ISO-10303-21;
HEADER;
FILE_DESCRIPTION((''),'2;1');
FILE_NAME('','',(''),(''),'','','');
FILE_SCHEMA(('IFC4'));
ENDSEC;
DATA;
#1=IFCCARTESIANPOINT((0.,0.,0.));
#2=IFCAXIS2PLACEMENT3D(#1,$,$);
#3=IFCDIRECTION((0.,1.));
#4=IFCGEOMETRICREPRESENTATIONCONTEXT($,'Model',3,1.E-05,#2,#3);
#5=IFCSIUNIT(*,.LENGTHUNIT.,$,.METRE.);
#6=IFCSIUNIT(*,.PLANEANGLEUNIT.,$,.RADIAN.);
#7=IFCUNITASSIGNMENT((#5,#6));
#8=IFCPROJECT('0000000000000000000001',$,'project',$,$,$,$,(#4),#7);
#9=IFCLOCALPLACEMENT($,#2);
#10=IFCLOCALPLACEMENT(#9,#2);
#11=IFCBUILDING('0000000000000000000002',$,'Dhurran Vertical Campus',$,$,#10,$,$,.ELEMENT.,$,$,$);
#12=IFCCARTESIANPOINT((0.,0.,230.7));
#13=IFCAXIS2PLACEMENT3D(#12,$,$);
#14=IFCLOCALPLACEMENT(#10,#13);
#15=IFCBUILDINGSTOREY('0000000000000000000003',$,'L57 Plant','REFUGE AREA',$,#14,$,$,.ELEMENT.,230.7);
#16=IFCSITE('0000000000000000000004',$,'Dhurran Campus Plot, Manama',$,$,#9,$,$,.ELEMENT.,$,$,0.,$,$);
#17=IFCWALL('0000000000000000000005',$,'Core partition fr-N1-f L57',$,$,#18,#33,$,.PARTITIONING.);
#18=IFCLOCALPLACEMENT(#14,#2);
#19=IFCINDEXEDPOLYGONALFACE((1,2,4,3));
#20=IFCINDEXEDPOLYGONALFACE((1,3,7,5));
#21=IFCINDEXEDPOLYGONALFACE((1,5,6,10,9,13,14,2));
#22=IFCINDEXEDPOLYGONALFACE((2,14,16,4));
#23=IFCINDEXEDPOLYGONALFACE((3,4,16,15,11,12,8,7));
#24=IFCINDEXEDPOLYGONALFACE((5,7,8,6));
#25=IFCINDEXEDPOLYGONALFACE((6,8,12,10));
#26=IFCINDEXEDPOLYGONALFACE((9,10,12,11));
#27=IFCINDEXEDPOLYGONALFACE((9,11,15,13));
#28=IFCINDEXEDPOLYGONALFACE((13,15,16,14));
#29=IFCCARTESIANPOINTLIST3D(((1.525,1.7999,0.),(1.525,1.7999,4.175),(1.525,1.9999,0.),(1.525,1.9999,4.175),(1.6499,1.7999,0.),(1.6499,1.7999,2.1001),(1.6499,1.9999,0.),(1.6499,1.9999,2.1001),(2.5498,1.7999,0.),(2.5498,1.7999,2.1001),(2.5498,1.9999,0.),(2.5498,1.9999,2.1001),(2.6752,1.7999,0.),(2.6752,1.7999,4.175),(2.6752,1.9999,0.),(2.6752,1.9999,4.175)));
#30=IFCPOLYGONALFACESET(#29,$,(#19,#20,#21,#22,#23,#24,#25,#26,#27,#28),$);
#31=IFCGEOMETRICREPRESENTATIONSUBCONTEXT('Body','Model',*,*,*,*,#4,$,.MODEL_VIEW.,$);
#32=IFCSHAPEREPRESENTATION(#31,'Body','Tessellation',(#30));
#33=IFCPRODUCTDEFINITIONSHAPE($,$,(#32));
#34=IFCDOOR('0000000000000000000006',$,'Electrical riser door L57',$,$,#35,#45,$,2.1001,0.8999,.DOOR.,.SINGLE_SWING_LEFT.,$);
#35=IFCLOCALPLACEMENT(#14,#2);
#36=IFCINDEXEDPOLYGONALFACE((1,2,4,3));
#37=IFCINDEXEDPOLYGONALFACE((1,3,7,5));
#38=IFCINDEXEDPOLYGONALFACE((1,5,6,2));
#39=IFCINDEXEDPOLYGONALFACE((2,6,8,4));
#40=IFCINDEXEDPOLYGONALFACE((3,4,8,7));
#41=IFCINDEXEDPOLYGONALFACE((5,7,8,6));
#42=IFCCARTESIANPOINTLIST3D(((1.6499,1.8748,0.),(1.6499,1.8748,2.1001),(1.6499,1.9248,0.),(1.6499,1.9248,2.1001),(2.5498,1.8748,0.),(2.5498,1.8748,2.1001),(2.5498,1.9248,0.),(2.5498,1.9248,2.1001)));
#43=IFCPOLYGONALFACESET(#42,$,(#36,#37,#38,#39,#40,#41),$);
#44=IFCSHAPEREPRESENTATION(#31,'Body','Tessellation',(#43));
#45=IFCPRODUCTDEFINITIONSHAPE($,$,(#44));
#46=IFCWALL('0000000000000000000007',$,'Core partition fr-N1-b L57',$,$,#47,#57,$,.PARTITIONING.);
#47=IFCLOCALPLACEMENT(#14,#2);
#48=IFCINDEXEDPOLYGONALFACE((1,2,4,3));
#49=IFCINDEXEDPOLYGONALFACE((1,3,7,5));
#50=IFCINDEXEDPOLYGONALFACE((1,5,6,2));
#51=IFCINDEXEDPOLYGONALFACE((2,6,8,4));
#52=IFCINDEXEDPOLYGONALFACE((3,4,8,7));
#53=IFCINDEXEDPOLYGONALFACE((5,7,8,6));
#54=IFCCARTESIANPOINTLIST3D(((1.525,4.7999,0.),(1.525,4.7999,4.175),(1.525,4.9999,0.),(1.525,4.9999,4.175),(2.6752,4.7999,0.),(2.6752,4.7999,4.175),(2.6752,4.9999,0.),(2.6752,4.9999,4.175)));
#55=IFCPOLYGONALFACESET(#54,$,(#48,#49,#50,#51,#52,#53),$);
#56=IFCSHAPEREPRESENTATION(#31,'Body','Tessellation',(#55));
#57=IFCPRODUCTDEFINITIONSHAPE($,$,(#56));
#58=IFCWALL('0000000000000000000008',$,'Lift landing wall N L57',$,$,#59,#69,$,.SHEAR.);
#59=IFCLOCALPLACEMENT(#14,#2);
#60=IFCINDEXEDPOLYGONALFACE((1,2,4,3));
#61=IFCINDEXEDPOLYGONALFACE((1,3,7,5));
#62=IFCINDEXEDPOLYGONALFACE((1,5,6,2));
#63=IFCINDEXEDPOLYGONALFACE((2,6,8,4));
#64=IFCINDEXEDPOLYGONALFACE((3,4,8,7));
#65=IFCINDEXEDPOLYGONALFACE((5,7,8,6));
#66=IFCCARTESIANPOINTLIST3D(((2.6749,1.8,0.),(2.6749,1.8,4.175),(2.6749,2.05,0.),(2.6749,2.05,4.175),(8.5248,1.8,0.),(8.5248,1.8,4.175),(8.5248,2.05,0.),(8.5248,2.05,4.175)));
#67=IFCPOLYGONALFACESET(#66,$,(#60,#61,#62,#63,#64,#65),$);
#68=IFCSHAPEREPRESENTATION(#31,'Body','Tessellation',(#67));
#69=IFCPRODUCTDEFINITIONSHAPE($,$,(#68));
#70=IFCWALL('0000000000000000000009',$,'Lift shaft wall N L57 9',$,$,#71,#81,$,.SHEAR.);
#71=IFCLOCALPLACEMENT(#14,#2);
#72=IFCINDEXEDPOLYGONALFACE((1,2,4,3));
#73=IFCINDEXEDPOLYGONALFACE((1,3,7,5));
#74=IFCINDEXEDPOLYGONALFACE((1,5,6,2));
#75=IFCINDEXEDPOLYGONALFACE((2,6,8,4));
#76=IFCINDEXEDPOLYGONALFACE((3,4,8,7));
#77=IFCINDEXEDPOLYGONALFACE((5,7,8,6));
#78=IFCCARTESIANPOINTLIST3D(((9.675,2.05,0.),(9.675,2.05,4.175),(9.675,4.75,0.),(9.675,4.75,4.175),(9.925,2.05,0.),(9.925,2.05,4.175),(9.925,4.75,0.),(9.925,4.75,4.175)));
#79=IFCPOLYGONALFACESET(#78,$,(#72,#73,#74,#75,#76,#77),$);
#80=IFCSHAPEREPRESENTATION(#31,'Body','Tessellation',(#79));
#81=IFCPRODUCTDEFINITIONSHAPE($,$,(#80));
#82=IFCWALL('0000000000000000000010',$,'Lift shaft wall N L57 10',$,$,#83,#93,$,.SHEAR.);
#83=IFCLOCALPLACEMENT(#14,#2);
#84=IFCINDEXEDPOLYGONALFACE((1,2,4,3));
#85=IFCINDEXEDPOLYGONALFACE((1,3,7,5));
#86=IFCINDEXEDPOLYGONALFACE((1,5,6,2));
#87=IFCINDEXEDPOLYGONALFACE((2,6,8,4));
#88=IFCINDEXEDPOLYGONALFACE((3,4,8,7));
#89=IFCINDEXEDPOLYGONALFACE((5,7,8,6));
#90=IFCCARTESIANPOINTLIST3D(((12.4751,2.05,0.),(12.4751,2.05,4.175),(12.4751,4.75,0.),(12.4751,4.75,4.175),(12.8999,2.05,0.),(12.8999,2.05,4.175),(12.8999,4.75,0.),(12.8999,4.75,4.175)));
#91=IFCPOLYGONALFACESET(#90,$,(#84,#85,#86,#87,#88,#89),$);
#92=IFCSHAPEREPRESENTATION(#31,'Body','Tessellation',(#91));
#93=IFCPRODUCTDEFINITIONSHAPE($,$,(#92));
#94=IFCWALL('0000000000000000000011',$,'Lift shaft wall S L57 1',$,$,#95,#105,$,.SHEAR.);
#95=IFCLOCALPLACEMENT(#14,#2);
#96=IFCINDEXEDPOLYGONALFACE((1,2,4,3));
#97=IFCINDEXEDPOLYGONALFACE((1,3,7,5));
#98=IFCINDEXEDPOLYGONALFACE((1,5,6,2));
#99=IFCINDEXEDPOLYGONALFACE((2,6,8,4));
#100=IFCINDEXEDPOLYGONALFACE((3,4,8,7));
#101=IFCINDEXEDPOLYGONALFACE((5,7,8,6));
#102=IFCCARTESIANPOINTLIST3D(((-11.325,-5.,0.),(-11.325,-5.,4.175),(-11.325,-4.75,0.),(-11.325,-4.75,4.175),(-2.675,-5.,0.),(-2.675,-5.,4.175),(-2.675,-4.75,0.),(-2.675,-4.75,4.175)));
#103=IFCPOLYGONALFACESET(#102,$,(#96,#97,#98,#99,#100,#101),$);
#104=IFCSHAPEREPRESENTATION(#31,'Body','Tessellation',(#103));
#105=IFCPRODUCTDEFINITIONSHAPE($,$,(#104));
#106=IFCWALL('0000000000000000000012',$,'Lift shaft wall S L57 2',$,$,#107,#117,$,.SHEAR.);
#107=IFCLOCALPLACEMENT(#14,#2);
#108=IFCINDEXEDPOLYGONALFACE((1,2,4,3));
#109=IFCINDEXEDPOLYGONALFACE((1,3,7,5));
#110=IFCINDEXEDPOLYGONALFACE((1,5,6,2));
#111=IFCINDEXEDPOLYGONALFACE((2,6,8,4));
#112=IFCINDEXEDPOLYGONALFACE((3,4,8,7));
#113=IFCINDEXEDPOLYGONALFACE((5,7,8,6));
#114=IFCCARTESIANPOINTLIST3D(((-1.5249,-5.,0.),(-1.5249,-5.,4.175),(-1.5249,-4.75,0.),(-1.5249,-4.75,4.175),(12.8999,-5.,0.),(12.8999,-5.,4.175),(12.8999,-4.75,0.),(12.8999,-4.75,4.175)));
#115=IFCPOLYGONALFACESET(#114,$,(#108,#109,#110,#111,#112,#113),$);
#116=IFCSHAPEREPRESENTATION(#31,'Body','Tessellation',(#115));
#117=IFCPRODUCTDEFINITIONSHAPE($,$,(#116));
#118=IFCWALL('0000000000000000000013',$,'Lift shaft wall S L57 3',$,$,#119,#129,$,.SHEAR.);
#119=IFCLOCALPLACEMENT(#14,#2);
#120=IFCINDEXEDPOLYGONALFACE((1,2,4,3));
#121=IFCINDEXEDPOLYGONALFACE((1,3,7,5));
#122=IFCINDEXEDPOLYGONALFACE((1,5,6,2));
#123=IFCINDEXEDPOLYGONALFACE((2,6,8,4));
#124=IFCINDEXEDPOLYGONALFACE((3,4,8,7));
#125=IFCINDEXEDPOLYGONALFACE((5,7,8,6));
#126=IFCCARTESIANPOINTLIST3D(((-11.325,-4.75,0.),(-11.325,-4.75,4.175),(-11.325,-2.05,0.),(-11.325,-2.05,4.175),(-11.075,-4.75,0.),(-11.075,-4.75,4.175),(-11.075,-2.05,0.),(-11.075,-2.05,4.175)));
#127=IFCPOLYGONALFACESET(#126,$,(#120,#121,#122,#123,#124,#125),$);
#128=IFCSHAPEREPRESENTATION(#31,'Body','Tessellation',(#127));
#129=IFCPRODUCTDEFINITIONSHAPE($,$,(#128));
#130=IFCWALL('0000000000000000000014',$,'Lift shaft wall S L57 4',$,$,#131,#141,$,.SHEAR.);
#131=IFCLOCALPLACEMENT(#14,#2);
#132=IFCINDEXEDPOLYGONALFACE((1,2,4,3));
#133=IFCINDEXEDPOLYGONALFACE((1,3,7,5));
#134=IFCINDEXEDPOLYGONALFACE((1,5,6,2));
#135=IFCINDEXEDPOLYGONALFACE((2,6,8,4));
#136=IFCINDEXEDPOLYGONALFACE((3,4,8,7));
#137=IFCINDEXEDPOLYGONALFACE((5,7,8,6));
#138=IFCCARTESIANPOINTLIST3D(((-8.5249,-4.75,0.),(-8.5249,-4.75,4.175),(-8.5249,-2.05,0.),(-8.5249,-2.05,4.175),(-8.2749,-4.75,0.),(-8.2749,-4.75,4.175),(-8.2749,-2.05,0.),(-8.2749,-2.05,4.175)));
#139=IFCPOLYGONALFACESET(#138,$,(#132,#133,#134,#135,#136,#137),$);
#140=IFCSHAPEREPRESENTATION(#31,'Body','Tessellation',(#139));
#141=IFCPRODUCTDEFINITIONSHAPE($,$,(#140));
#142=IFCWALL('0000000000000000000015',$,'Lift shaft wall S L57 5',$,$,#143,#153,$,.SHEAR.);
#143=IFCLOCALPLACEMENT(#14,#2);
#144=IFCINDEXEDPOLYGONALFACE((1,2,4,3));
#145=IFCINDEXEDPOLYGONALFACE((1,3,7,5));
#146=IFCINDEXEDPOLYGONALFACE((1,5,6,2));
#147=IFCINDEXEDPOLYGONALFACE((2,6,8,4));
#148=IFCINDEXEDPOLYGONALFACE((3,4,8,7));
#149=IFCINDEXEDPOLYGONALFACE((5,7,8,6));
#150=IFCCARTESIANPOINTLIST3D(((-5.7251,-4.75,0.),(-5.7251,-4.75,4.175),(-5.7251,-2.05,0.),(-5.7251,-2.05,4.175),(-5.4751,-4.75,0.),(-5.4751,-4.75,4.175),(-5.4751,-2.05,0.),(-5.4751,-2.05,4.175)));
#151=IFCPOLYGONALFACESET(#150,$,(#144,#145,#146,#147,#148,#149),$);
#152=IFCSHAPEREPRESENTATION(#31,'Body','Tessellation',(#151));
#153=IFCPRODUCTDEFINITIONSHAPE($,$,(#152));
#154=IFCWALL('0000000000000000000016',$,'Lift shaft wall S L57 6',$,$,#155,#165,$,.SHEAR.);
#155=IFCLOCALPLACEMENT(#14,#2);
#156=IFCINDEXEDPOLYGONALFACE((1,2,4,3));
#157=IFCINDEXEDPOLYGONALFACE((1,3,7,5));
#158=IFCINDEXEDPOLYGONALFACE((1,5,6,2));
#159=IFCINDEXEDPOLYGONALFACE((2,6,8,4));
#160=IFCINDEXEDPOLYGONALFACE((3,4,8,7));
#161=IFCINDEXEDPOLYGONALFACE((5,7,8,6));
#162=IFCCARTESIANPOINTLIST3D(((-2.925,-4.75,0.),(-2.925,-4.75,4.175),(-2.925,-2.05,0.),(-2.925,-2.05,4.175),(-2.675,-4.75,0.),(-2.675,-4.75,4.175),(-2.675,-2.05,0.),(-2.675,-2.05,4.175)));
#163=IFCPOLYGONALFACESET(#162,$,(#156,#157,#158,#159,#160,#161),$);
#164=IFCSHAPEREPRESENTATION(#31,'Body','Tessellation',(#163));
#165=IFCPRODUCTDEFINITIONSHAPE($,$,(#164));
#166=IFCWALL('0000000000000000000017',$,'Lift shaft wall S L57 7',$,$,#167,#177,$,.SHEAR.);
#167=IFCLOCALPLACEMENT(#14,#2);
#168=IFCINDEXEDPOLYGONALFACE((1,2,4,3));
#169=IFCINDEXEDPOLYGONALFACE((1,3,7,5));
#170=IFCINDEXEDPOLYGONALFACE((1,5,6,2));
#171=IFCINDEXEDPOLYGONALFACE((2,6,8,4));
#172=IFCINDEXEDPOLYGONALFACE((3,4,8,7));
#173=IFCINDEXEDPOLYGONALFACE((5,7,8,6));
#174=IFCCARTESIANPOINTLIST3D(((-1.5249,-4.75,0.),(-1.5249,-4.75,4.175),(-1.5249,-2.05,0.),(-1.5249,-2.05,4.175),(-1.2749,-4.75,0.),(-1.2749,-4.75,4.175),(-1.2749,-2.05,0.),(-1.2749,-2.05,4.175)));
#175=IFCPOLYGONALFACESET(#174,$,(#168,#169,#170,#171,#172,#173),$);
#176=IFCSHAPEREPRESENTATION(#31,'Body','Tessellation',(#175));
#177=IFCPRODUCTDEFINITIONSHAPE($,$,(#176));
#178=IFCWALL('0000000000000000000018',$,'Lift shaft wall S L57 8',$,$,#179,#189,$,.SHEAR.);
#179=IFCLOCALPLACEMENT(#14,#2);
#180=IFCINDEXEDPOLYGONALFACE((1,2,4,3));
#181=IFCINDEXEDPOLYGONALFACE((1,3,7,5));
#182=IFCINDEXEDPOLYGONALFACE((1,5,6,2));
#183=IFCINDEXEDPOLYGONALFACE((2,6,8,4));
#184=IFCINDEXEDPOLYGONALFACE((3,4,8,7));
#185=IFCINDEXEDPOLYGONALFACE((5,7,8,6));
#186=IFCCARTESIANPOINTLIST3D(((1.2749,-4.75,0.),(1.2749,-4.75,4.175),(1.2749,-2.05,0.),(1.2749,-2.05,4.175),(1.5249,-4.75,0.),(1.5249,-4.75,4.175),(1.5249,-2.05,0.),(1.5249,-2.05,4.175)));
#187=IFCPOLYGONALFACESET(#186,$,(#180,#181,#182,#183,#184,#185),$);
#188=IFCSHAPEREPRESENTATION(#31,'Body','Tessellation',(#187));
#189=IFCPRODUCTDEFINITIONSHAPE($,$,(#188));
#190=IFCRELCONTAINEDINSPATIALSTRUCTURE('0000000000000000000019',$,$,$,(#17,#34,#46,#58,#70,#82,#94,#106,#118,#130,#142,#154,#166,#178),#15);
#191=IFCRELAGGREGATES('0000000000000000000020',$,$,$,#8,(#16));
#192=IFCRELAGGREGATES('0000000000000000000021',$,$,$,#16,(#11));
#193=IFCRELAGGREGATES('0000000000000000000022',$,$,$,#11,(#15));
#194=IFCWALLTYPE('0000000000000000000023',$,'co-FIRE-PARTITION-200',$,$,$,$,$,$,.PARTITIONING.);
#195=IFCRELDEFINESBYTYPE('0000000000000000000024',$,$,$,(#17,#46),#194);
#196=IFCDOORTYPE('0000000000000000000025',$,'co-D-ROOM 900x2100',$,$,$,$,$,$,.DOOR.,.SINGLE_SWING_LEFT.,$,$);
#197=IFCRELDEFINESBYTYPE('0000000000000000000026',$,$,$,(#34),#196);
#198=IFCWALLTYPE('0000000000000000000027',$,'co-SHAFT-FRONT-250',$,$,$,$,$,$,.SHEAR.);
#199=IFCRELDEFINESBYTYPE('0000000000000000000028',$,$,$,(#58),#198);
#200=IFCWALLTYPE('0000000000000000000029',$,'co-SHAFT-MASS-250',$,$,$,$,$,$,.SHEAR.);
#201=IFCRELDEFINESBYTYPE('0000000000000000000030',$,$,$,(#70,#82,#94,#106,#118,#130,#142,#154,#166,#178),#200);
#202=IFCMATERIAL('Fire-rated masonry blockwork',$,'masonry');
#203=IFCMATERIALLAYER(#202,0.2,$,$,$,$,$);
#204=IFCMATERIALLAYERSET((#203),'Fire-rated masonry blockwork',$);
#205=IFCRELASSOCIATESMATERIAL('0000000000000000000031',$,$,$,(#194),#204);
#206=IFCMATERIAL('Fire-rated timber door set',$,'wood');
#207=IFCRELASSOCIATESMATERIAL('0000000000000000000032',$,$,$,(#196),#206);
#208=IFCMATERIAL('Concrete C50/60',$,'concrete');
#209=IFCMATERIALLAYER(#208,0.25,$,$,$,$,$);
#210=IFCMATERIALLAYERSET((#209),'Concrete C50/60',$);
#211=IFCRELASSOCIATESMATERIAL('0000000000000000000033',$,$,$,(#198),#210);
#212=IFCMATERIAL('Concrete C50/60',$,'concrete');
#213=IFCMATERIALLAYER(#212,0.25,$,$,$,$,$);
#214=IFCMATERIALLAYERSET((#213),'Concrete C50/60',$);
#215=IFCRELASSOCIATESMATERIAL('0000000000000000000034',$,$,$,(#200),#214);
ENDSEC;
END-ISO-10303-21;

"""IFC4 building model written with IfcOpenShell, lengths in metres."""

from ifc_helpers import new_model, si_unit, direction, frame, frame_2d, origin, place, context, subcontext, project, spatial, polyline, rectangle, outline, extrude, material, layer, layer_set, type_object, element, fill, save


model = new_model("IFC4")

# Units and contexts
model_context = context("Model", 3, precision=1e-05, world=origin(), true_north=direction((0.0, 1.0)))
body_context = subcontext(model_context, "Body", "Model", "MODEL_VIEW")
ifc_project = project(units=[si_unit("LENGTHUNIT", "METRE"), si_unit("PLANEANGLEUNIT", "RADIAN")], contexts=[model_context])

# Site, building, storey
site_placement = place(None, origin())
site = spatial("IfcSite", under=ifc_project, at=site_placement, Name="Dhurran Campus Plot, Manama", CompositionType="ELEMENT", RefElevation=0.0)
building_placement = place(site_placement, origin())
building = spatial("IfcBuilding", under=site, at=building_placement, Name="Dhurran Vertical Campus", CompositionType="ELEMENT")
storey_placement = place(building_placement, frame((0.0, 0.0, 230.7)))
storey = spatial("IfcBuildingStorey", under=building, at=storey_placement, Name="L57 Plant", Description="REFUGE AREA", CompositionType="ELEMENT", Elevation=230.7)

# Shared definitions
ifc_material_1 = material(Name="Fire-rated masonry blockwork", Category="masonry")
ifc_layer_1 = layer(ifc_material_1, 0.2)
ifc_layer_set_1 = layer_set([ifc_layer_1], Name="Fire-rated masonry blockwork")
wall_type_1 = type_object("IfcWallType", Name="co-FIRE-PARTITION-200", PredefinedType="PARTITIONING", material=ifc_layer_set_1)

# Wall, opening, door
ifc_material_2 = material(Name="Fire-rated timber door set", Category="wood")
door_type_1 = type_object("IfcDoorType", Name="co-D-ROOM 900x2100", OperationType="SINGLE_SWING_LEFT", PredefinedType="DOOR", material=ifc_material_2)
wall_1_placement = place(storey_placement, frame((1.5249, 1.8999, 0.0), z_axis=(0.0, 0.0, 1.0), x_axis=(1.0, 0.0, 0.0)))
wall_1 = element("IfcWall", 1, at=wall_1_placement, inside=storey, type_object=wall_type_1, Name="Core partition fr-N1-f L57", PredefinedType="PARTITIONING", context=body_context, shape_type="SweptSolid", body=[
    extrude(rectangle(XDim=1.1501, YDim=0.2, at=frame_2d((0.5752, 0.0))), origin(), (0.0, 0.0, 1.0), 4.175),
])
opening_1_placement = place(wall_1_placement, frame((0.125, 0.0, 0.0)))
opening_1 = element("IfcOpeningElement", 2, at=opening_1_placement, cuts=wall_1, PredefinedType="OPENING", context=body_context, shape_type="SweptSolid", body=[
    extrude(rectangle(XDim=0.8999, YDim=2.1001, at=frame_2d((0.45, 1.05))), frame((0.0, 0.1099, 0.0), z_axis=(0.0, -1.0, 0.0), x_axis=(1.0, 0.0, 0.0)), (0.0, 0.0, 1.0), 0.22),
])
door_1_placement = place(opening_1_placement, origin())
door_1 = element("IfcDoor", 3, at=door_1_placement, inside=storey, type_object=door_type_1, Name="Electrical riser door L57", OperationType="SINGLE_SWING_LEFT", OverallHeight=2.1001, OverallWidth=0.8999, PredefinedType="DOOR", context=body_context, shape_type="SweptSolid", body=[
    extrude(rectangle(XDim=0.8999, YDim=2.1001, at=frame_2d((0.45, 1.05))), frame((0.0, 0.0249, 0.0), z_axis=(0.0, -1.0, 0.0), x_axis=(1.0, 0.0, 0.0)), (0.0, 0.0, 1.0), 0.05),
])
fill(opening_1, door_1)

# Walls
wall_2_placement = place(storey_placement, frame((1.5249, 4.8999, 0.0), z_axis=(0.0, 0.0, 1.0), x_axis=(1.0, 0.0, 0.0)))
element("IfcWall", 4, at=wall_2_placement, inside=storey, type_object=wall_type_1, Name="Core partition fr-N1-b L57", PredefinedType="PARTITIONING", context=body_context, shape_type="SweptSolid", body=[
    extrude(rectangle(XDim=1.1501, YDim=0.2, at=frame_2d((0.5752, 0.0))), origin(), (0.0, 0.0, 1.0), 4.175),
])
ifc_material_3 = material(Name="Concrete C50/60", Category="concrete")
ifc_layer_2 = layer(ifc_material_3, 0.25)
ifc_layer_set_2 = layer_set([ifc_layer_2], Name="Concrete C50/60")
wall_type_2 = type_object("IfcWallType", Name="co-SHAFT-FRONT-250", PredefinedType="SHEAR", material=ifc_layer_set_2)
wall_3_placement = place(storey_placement, frame((2.675, 1.925, 0.0), z_axis=(0.0, 0.0, 1.0), x_axis=(1.0, 0.0, 0.0)))
element("IfcWall", 5, at=wall_3_placement, inside=storey, type_object=wall_type_2, Name="Lift landing wall N L57", PredefinedType="SHEAR", context=body_context, shape_type="SweptSolid", body=[
    extrude(rectangle(XDim=5.8499, YDim=0.25, at=frame_2d((2.9248, 0.0))), origin(), (0.0, 0.0, 1.0), 4.175),
])
ifc_material_4 = material(Name="Concrete C50/60", Category="concrete")
ifc_layer_3 = layer(ifc_material_4, 0.25)
ifc_layer_set_3 = layer_set([ifc_layer_3], Name="Concrete C50/60")
wall_type_3 = type_object("IfcWallType", Name="co-SHAFT-MASS-250", PredefinedType="SHEAR", material=ifc_layer_set_3)
wall_4_placement = place(storey_placement, origin())
element("IfcWall", 6, at=wall_4_placement, inside=storey, type_object=wall_type_3, Name="Lift shaft wall N L57 9", PredefinedType="SHEAR", context=body_context, shape_type="SweptSolid", body=[
    extrude(outline(polyline([(9.675, 2.05), (9.925, 2.05), (9.925, 4.75), (9.675, 4.75), (9.675, 2.05)])), origin(), (0.0, 0.0, 1.0), 4.175),
])
wall_5_placement = place(storey_placement, origin())
element("IfcWall", 7, at=wall_5_placement, inside=storey, type_object=wall_type_3, Name="Lift shaft wall N L57 10", PredefinedType="SHEAR", context=body_context, shape_type="SweptSolid", body=[
    extrude(outline(polyline([(12.4751, 2.05), (12.8999, 2.05), (12.8999, 4.75), (12.4751, 4.75), (12.4751, 2.05)])), origin(), (0.0, 0.0, 1.0), 4.175),
])
wall_6_placement = place(storey_placement, origin())
element("IfcWall", 8, at=wall_6_placement, inside=storey, type_object=wall_type_3, Name="Lift shaft wall S L57 1", PredefinedType="SHEAR", context=body_context, shape_type="SweptSolid", body=[
    extrude(outline(polyline([(-11.325, -5.0), (-2.675, -5.0), (-2.675, -4.75), (-11.325, -4.75), (-11.325, -5.0)])), origin(), (0.0, 0.0, 1.0), 4.175),
])
wall_7_placement = place(storey_placement, origin())
element("IfcWall", 9, at=wall_7_placement, inside=storey, type_object=wall_type_3, Name="Lift shaft wall S L57 2", PredefinedType="SHEAR", context=body_context, shape_type="SweptSolid", body=[
    extrude(outline(polyline([(-1.5249, -5.0), (12.8999, -5.0), (12.8999, -4.75), (-1.5249, -4.75), (-1.5249, -5.0)])), origin(), (0.0, 0.0, 1.0), 4.175),
])
wall_8_placement = place(storey_placement, origin())
element("IfcWall", 10, at=wall_8_placement, inside=storey, type_object=wall_type_3, Name="Lift shaft wall S L57 3", PredefinedType="SHEAR", context=body_context, shape_type="SweptSolid", body=[
    extrude(outline(polyline([(-11.325, -4.75), (-11.075, -4.75), (-11.075, -2.05), (-11.325, -2.05), (-11.325, -4.75)])), origin(), (0.0, 0.0, 1.0), 4.175),
])
wall_9_placement = place(storey_placement, origin())
element("IfcWall", 11, at=wall_9_placement, inside=storey, type_object=wall_type_3, Name="Lift shaft wall S L57 4", PredefinedType="SHEAR", context=body_context, shape_type="SweptSolid", body=[
    extrude(outline(polyline([(-8.5249, -4.75), (-8.2749, -4.75), (-8.2749, -2.05), (-8.5249, -2.05), (-8.5249, -4.75)])), origin(), (0.0, 0.0, 1.0), 4.175),
])
wall_10_placement = place(storey_placement, origin())
element("IfcWall", 12, at=wall_10_placement, inside=storey, type_object=wall_type_3, Name="Lift shaft wall S L57 5", PredefinedType="SHEAR", context=body_context, shape_type="SweptSolid", body=[
    extrude(outline(polyline([(-5.7251, -4.75), (-5.4751, -4.75), (-5.4751, -2.05), (-5.7251, -2.05), (-5.7251, -4.75)])), origin(), (0.0, 0.0, 1.0), 4.175),
])
wall_11_placement = place(storey_placement, origin())
element("IfcWall", 13, at=wall_11_placement, inside=storey, type_object=wall_type_3, Name="Lift shaft wall S L57 6", PredefinedType="SHEAR", context=body_context, shape_type="SweptSolid", body=[
    extrude(outline(polyline([(-2.925, -4.75), (-2.675, -4.75), (-2.675, -2.05), (-2.925, -2.05), (-2.925, -4.75)])), origin(), (0.0, 0.0, 1.0), 4.175),
])
wall_12_placement = place(storey_placement, origin())
element("IfcWall", 14, at=wall_12_placement, inside=storey, type_object=wall_type_3, Name="Lift shaft wall S L57 7", PredefinedType="SHEAR", context=body_context, shape_type="SweptSolid", body=[
    extrude(outline(polyline([(-1.5249, -4.75), (-1.2749, -4.75), (-1.2749, -2.05), (-1.5249, -2.05), (-1.5249, -4.75)])), origin(), (0.0, 0.0, 1.0), 4.175),
])
wall_13_placement = place(storey_placement, origin())
element("IfcWall", 15, at=wall_13_placement, inside=storey, type_object=wall_type_3, Name="Lift shaft wall S L57 8", PredefinedType="SHEAR", context=body_context, shape_type="SweptSolid", body=[
    extrude(outline(polyline([(1.2749, -4.75), (1.5249, -4.75), (1.5249, -2.05), (1.2749, -2.05), (1.2749, -4.75)])), origin(), (0.0, 0.0, 1.0), 4.175),
])

save(model, "model.ifc")
